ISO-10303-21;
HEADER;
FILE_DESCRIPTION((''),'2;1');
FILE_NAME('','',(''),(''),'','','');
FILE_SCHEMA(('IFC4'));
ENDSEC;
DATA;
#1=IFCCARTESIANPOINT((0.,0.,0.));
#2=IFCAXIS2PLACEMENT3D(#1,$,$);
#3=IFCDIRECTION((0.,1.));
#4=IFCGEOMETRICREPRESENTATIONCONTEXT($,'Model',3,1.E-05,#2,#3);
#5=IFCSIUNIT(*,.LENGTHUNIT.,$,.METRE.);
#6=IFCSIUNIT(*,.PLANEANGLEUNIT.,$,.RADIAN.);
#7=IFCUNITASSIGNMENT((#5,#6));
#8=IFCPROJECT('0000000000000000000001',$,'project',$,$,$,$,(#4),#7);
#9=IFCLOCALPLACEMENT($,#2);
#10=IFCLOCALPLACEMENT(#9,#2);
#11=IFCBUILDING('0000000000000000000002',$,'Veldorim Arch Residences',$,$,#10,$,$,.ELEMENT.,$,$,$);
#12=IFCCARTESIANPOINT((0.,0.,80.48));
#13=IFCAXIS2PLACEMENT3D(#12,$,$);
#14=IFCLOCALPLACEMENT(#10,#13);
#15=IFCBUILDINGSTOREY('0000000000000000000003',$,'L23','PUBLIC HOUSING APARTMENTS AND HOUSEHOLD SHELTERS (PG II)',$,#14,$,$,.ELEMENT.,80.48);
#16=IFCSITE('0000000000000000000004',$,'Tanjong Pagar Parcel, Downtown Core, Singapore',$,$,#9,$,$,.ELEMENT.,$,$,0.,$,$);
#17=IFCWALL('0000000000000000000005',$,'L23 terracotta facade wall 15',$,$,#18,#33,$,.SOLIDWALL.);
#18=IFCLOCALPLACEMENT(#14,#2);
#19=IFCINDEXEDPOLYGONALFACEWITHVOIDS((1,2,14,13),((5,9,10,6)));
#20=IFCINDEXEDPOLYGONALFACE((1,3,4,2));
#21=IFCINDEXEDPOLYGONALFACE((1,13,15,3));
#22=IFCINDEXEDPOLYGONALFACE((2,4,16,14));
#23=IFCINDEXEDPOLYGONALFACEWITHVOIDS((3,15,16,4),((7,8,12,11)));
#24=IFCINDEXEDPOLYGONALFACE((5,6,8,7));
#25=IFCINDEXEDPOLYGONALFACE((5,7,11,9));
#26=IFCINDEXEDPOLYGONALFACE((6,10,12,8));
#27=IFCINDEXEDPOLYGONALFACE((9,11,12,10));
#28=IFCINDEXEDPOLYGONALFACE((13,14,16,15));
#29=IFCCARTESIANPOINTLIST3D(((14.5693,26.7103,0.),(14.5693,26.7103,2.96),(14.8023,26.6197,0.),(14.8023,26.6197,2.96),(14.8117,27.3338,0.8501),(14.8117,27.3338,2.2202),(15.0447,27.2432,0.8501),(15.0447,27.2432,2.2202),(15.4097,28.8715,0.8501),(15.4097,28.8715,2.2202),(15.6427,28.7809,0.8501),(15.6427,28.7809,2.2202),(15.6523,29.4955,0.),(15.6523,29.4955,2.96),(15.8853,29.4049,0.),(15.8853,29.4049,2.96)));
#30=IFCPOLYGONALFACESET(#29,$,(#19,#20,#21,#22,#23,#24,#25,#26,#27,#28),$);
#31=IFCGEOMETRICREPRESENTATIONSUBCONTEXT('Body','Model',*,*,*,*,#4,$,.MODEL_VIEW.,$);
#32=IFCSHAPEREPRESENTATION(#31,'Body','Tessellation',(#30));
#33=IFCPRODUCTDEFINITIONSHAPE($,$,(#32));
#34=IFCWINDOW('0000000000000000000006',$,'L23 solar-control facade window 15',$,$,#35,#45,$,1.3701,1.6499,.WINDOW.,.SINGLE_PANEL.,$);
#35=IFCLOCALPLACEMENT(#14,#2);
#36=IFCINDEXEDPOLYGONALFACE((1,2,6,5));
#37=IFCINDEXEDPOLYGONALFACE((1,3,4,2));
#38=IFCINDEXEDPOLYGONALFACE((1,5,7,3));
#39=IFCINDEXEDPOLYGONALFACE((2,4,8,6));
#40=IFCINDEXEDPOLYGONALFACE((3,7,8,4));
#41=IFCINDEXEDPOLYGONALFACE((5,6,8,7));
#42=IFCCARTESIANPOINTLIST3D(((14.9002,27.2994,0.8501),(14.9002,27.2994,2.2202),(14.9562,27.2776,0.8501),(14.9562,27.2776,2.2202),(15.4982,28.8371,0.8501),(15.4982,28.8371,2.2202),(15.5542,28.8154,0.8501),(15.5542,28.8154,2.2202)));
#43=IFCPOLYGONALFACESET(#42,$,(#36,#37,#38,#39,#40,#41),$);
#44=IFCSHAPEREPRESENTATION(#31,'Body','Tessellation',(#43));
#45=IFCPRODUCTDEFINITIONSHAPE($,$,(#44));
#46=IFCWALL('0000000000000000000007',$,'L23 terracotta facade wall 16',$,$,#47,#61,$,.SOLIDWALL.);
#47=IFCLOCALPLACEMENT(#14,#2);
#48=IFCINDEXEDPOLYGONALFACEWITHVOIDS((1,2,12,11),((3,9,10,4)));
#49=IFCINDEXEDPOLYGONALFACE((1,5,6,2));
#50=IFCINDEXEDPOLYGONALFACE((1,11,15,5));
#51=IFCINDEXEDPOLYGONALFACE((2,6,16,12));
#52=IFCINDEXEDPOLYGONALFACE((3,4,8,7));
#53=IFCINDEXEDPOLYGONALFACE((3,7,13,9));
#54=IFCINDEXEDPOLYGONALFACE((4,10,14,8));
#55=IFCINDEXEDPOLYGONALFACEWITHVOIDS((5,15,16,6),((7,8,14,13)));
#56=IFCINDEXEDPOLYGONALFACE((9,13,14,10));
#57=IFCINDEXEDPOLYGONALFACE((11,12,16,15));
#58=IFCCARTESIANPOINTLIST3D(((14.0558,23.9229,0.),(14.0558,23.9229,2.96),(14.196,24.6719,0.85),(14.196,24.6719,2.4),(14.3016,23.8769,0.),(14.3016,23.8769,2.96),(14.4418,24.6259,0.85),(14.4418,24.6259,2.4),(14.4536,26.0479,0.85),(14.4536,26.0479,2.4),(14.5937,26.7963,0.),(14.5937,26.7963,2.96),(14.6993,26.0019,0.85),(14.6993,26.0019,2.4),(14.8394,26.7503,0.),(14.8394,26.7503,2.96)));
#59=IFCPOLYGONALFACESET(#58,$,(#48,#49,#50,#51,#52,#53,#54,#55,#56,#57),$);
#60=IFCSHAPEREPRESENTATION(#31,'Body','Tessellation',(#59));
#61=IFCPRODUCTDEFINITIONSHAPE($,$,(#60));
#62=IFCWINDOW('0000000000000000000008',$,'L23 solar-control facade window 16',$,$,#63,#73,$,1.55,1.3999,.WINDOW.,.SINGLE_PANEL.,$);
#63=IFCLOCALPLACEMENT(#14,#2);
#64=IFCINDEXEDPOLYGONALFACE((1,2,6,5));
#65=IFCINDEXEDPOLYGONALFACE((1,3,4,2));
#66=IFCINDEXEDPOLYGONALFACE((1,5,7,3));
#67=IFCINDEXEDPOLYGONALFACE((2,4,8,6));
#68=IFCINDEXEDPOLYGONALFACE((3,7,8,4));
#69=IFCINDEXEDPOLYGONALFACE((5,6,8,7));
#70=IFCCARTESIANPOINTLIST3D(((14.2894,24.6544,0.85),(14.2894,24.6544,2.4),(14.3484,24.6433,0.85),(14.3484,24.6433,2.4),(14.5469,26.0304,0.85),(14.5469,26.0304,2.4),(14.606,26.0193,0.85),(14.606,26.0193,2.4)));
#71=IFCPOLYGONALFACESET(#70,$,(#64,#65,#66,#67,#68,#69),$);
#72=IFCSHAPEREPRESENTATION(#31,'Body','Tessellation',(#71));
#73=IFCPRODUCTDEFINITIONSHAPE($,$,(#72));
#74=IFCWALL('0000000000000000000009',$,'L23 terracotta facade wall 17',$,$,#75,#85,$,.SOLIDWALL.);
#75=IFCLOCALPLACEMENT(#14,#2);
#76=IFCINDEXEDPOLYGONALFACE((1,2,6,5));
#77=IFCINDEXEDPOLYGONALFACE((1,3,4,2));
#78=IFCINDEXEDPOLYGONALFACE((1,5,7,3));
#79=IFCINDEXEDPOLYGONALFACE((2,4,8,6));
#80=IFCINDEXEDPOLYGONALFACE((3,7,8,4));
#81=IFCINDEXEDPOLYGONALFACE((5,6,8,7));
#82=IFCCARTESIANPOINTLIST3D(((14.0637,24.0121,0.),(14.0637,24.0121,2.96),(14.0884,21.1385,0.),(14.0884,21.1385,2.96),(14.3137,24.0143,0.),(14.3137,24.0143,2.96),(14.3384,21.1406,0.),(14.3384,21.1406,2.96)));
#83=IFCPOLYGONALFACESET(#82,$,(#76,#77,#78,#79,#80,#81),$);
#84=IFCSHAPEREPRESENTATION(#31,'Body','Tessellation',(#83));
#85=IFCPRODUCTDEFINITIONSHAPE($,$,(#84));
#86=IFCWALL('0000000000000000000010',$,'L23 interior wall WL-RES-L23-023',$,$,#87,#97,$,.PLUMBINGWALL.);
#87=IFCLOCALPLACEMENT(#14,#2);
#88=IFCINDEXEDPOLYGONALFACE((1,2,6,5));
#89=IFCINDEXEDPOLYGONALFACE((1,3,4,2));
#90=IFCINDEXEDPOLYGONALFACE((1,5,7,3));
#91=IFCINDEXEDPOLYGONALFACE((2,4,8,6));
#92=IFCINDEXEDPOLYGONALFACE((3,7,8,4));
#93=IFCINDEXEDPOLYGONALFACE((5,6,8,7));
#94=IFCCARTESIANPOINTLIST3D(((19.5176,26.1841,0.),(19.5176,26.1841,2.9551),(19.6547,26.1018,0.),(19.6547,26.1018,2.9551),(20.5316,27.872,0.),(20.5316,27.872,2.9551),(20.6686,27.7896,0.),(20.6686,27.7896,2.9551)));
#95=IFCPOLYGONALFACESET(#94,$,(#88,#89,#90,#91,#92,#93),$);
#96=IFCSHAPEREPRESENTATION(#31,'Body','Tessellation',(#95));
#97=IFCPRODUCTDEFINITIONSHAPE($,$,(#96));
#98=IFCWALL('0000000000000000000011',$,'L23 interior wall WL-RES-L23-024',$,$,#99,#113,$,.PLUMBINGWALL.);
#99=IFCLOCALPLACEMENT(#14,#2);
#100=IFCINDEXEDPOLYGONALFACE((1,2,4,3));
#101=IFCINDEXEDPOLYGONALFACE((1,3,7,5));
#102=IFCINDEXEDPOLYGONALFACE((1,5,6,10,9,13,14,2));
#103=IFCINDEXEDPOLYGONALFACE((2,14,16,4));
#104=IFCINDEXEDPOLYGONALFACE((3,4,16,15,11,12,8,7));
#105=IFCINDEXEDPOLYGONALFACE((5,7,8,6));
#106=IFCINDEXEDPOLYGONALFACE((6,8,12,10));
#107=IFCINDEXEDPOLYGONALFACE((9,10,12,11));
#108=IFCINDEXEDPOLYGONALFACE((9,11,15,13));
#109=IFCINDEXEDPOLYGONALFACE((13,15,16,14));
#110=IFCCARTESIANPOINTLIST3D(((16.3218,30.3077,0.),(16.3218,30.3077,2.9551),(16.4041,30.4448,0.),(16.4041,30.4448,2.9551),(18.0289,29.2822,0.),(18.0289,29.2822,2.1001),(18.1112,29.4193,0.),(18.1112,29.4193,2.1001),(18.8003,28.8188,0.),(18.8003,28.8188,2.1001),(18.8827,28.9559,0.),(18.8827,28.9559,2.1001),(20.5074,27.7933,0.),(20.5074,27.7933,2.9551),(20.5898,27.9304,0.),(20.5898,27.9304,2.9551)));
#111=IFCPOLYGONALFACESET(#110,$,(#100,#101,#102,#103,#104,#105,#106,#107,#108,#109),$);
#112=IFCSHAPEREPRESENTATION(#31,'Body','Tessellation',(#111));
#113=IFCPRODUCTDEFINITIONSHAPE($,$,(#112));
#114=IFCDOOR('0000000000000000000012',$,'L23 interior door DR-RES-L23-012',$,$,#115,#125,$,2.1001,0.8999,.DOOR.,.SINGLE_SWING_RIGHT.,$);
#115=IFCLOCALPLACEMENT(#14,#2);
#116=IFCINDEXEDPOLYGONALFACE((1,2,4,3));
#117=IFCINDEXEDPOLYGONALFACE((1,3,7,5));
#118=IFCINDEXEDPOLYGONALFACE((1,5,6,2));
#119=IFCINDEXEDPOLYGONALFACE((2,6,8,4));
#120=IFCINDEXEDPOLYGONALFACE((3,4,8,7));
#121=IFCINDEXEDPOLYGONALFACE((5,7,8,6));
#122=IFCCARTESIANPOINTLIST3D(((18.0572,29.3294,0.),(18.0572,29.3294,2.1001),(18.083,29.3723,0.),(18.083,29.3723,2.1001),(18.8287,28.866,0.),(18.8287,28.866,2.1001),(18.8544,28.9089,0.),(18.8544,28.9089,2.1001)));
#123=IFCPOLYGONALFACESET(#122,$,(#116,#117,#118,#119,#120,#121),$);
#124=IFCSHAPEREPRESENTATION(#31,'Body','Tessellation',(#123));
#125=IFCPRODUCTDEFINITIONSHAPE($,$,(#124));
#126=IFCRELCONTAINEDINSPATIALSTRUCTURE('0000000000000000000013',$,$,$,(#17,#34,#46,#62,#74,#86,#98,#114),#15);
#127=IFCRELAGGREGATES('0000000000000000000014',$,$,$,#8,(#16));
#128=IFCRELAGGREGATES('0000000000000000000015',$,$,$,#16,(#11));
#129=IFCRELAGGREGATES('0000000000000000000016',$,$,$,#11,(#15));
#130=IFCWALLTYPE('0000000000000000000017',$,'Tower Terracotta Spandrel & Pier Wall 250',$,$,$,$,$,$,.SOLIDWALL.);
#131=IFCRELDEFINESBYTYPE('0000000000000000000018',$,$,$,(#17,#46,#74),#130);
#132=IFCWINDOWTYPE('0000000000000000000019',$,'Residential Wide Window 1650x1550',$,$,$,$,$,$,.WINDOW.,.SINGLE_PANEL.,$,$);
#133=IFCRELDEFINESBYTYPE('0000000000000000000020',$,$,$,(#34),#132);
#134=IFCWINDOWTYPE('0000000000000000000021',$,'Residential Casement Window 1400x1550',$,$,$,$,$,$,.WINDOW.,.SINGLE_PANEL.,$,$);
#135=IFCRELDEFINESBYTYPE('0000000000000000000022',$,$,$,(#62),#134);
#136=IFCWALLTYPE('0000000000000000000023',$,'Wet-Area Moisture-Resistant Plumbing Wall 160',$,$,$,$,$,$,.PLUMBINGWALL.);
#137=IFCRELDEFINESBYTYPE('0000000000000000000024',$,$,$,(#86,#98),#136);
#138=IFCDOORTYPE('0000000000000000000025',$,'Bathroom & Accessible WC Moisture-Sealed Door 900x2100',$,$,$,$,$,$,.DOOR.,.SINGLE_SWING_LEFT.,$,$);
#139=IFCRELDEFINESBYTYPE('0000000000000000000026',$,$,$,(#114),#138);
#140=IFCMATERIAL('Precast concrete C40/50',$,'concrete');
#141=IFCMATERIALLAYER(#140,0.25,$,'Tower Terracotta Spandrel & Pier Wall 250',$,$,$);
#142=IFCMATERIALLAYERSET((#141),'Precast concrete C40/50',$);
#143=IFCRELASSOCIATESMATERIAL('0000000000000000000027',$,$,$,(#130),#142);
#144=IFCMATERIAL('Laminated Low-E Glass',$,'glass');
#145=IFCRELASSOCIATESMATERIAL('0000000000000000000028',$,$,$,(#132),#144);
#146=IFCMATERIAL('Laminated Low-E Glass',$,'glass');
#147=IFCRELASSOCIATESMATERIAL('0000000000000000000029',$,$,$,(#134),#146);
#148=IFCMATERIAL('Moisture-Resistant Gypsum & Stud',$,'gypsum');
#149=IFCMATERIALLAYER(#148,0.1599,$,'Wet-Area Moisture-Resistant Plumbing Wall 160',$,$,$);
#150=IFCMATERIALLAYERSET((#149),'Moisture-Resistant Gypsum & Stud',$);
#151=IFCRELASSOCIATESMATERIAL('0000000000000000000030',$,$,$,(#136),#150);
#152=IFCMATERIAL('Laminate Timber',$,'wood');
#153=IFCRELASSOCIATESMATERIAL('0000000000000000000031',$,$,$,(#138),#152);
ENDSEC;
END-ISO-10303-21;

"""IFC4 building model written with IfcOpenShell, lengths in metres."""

from ifc_helpers import new_model, si_unit, direction, frame, frame_2d, origin, place, context, subcontext, project, spatial, rectangle, extrude, material, layer, layer_set, type_object, element, fill, save


model = new_model("IFC4")

# Units and contexts
model_context = context("Model", 3, precision=1e-05, world=origin(), true_north=direction((0.0, 1.0)))
body_context = subcontext(model_context, "Body", "Model", "MODEL_VIEW")
ifc_project = project(units=[si_unit("LENGTHUNIT", "METRE"), si_unit("PLANEANGLEUNIT", "RADIAN")], contexts=[model_context])

# Site, building, storey
site_placement = place(None, origin())
site = spatial("IfcSite", under=ifc_project, at=site_placement, Name="Tanjong Pagar Parcel, Downtown Core, Singapore", CompositionType="ELEMENT", RefElevation=0.0)
building_placement = place(site_placement, origin())
building = spatial("IfcBuilding", under=site, at=building_placement, Name="Veldorim Arch Residences", CompositionType="ELEMENT")
storey_placement = place(building_placement, frame((0.0, 0.0, 80.48)))
storey = spatial("IfcBuildingStorey", under=building, at=storey_placement, Name="L23", Description="PUBLIC HOUSING APARTMENTS AND HOUSEHOLD SHELTERS (PG II)", CompositionType="ELEMENT", Elevation=80.48)

# Shared definitions
ifc_material_1 = material(Name="Precast concrete C40/50", Category="concrete")
ifc_layer_1 = layer(ifc_material_1, 0.25, Name="Tower Terracotta Spandrel & Pier Wall 250")
ifc_layer_set_1 = layer_set([ifc_layer_1], Name="Precast concrete C40/50")
wall_type_1 = type_object("IfcWallType", Name="Tower Terracotta Spandrel & Pier Wall 250", PredefinedType="SOLIDWALL", material=ifc_layer_set_1)

# Walls, openings, windows
wall_1_placement = place(storey_placement, frame((14.6858, 26.665, 0.0), z_axis=(0.0, 0.0, 1.0), x_axis=(0.362415, 0.932017, 0.0)))
wall_1 = element("IfcWall", 1, at=wall_1_placement, inside=storey, type_object=wall_type_1, Name="L23 terracotta facade wall 15", PredefinedType="SOLIDWALL", context=body_context, shape_type="SweptSolid", body=[
    extrude(rectangle(XDim=2.9883, YDim=0.25, at=frame_2d((1.4941, 0.0))), origin(), (0.0, 0.0, 1.0), 2.96),
])
opening_1_placement = place(wall_1_placement, frame((0.6689, 0.0, 0.8501)))
opening_1 = element("IfcOpeningElement", 2, at=opening_1_placement, cuts=wall_1, PredefinedType="OPENING", context=body_context, shape_type="SweptSolid", body=[
    extrude(rectangle(XDim=1.6499, YDim=1.3701, at=frame_2d((0.825, 0.6851))), frame((0.0, 0.135, 0.0), z_axis=(0.0, -1.0, 0.0), x_axis=(1.0, 0.0, 0.0)), (0.0, 0.0, 1.0), 0.27),
])
ifc_material_2 = material(Name="Laminated Low-E Glass", Category="glass")
window_type_1 = type_object("IfcWindowType", Name="Residential Wide Window 1650x1550", PartitioningType="SINGLE_PANEL", PredefinedType="WINDOW", material=ifc_material_2)
window_1_placement = place(opening_1_placement, origin())
window_1 = element("IfcWindow", 3, at=window_1_placement, inside=storey, type_object=window_type_1, Name="L23 solar-control facade window 15", OverallHeight=1.3701, OverallWidth=1.6499, PartitioningType="SINGLE_PANEL", PredefinedType="WINDOW", context=body_context, shape_type="SweptSolid", body=[
    extrude(rectangle(XDim=1.6499, YDim=1.3701, at=frame_2d((0.825, 0.6851))), frame((0.0, 0.03, 0.0), z_axis=(0.0, -1.0, 0.0), x_axis=(1.0, 0.0, 0.0)), (0.0, 0.0, 1.0), 0.0601),
])
fill(opening_1, window_1)
wall_2_placement = place(storey_placement, frame((14.1787, 23.8999, 0.0), z_axis=(0.0, 0.0, 1.0), x_axis=(0.183976, 0.982931, 0.0)))
wall_2 = element("IfcWall", 4, at=wall_2_placement, inside=storey, type_object=wall_type_1, Name="L23 terracotta facade wall 16", PredefinedType="SOLIDWALL", context=body_context, shape_type="SweptSolid", body=[
    extrude(rectangle(XDim=2.9233, YDim=0.25, at=frame_2d((1.4617, 0.0))), origin(), (0.0, 0.0, 1.0), 2.96),
])
opening_2_placement = place(wall_2_placement, frame((0.762, 0.0, 0.8501)))
opening_2 = element("IfcOpeningElement", 5, at=opening_2_placement, cuts=wall_2, PredefinedType="OPENING", context=body_context, shape_type="SweptSolid", body=[
    extrude(rectangle(XDim=1.3999, YDim=1.55, at=frame_2d((0.7, 0.7749))), frame((0.0, 0.135, 0.0), z_axis=(0.0, -1.0, 0.0), x_axis=(1.0, 0.0, 0.0)), (0.0, 0.0, 1.0), 0.27),
])
ifc_material_3 = material(Name="Laminated Low-E Glass", Category="glass")
window_type_2 = type_object("IfcWindowType", Name="Residential Casement Window 1400x1550", PartitioningType="SINGLE_PANEL", PredefinedType="WINDOW", material=ifc_material_3)
window_2_placement = place(opening_2_placement, origin())
window_2 = element("IfcWindow", 6, at=window_2_placement, inside=storey, type_object=window_type_2, Name="L23 solar-control facade window 16", OverallHeight=1.55, OverallWidth=1.3999, PartitioningType="SINGLE_PANEL", PredefinedType="WINDOW", context=body_context, shape_type="SweptSolid", body=[
    extrude(rectangle(XDim=1.3999, YDim=1.55, at=frame_2d((0.7, 0.7749))), frame((0.0, 0.03, 0.0), z_axis=(0.0, -1.0, 0.0), x_axis=(1.0, 0.0, 0.0)), (0.0, 0.0, 1.0), 0.0601),
])
fill(opening_2, window_2)

# Walls
wall_3_placement = place(storey_placement, frame((14.2134, 21.1394, 0.0), z_axis=(0.0, 0.0, 1.0), x_axis=(-0.00858, 0.999963, 0.0)))
element("IfcWall", 7, at=wall_3_placement, inside=storey, type_object=wall_type_1, Name="L23 terracotta facade wall 17", PredefinedType="SOLIDWALL", context=body_context, shape_type="SweptSolid", body=[
    extrude(rectangle(XDim=2.8738, YDim=0.25, at=frame_2d((1.437, 0.0))), origin(), (0.0, 0.0, 1.0), 2.96),
])
ifc_material_4 = material(Name="Moisture-Resistant Gypsum & Stud", Category="gypsum")
ifc_layer_2 = layer(ifc_material_4, 0.1599, Name="Wet-Area Moisture-Resistant Plumbing Wall 160")
ifc_layer_set_2 = layer_set([ifc_layer_2], Name="Moisture-Resistant Gypsum & Stud")
wall_type_2 = type_object("IfcWallType", Name="Wet-Area Moisture-Resistant Plumbing Wall 160", PredefinedType="PLUMBINGWALL", material=ifc_layer_set_2)
wall_4_placement = place(storey_placement, frame((19.5862, 26.1431, 0.0), z_axis=(0.0, 0.0, 1.0), x_axis=(0.51497, 0.857208, 0.0)))
element("IfcWall", 8, at=wall_4_placement, inside=storey, type_object=wall_type_2, Name="L23 interior wall WL-RES-L23-023", PredefinedType="PLUMBINGWALL", context=body_context, shape_type="SweptSolid", body=[
    extrude(rectangle(XDim=1.969, YDim=0.1599, at=frame_2d((0.9844, 0.0))), origin(), (0.0, 0.0, 1.0), 2.9551),
])

# Wall, opening, door
wall_5_placement = place(storey_placement, frame((20.5486, 27.8618, 0.0), z_axis=(0.0, 0.0, 1.0), x_axis=(-0.857215, 0.514959, 0.0)))
wall_5 = element("IfcWall", 9, at=wall_5_placement, inside=storey, type_object=wall_type_2, Name="L23 interior wall WL-RES-L23-024", PredefinedType="PLUMBINGWALL", context=body_context, shape_type="SweptSolid", body=[
    extrude(rectangle(XDim=4.8828, YDim=0.1599, at=frame_2d((2.4414, 0.0))), origin(), (0.0, 0.0, 1.0), 2.9551),
])
opening_3_placement = place(wall_5_placement, frame((1.9915, 0.0, 0.0)))
opening_3 = element("IfcOpeningElement", 10, at=opening_3_placement, cuts=wall_5, PredefinedType="OPENING", context=body_context, shape_type="SweptSolid", body=[
    extrude(rectangle(XDim=0.8999, YDim=2.1001, at=frame_2d((0.45, 1.05))), frame((0.0, 0.0898, 0.0), z_axis=(0.0, -1.0, 0.0), x_axis=(1.0, 0.0, 0.0)), (0.0, 0.0, 1.0), 0.1799),
])
ifc_material_5 = material(Name="Laminate Timber", Category="wood")
door_type = type_object("IfcDoorType", Name="Bathroom & Accessible WC Moisture-Sealed Door 900x2100", OperationType="SINGLE_SWING_LEFT", PredefinedType="DOOR", material=ifc_material_5)
door_placement = place(opening_3_placement, origin())
door = element("IfcDoor", 11, at=door_placement, inside=storey, type_object=door_type, Name="L23 interior door DR-RES-L23-012", OperationType="SINGLE_SWING_RIGHT", OverallHeight=2.1001, OverallWidth=0.8999, PredefinedType="DOOR", context=body_context, shape_type="SweptSolid", body=[
    extrude(rectangle(XDim=0.8999, YDim=2.1001, at=frame_2d((0.45, 1.05))), frame((0.0, 0.0249, 0.0), z_axis=(0.0, -1.0, 0.0), x_axis=(1.0, 0.0, 0.0)), (0.0, 0.0, 1.0), 0.05),
])
fill(opening_3, door)

save(model, "model.ifc")
